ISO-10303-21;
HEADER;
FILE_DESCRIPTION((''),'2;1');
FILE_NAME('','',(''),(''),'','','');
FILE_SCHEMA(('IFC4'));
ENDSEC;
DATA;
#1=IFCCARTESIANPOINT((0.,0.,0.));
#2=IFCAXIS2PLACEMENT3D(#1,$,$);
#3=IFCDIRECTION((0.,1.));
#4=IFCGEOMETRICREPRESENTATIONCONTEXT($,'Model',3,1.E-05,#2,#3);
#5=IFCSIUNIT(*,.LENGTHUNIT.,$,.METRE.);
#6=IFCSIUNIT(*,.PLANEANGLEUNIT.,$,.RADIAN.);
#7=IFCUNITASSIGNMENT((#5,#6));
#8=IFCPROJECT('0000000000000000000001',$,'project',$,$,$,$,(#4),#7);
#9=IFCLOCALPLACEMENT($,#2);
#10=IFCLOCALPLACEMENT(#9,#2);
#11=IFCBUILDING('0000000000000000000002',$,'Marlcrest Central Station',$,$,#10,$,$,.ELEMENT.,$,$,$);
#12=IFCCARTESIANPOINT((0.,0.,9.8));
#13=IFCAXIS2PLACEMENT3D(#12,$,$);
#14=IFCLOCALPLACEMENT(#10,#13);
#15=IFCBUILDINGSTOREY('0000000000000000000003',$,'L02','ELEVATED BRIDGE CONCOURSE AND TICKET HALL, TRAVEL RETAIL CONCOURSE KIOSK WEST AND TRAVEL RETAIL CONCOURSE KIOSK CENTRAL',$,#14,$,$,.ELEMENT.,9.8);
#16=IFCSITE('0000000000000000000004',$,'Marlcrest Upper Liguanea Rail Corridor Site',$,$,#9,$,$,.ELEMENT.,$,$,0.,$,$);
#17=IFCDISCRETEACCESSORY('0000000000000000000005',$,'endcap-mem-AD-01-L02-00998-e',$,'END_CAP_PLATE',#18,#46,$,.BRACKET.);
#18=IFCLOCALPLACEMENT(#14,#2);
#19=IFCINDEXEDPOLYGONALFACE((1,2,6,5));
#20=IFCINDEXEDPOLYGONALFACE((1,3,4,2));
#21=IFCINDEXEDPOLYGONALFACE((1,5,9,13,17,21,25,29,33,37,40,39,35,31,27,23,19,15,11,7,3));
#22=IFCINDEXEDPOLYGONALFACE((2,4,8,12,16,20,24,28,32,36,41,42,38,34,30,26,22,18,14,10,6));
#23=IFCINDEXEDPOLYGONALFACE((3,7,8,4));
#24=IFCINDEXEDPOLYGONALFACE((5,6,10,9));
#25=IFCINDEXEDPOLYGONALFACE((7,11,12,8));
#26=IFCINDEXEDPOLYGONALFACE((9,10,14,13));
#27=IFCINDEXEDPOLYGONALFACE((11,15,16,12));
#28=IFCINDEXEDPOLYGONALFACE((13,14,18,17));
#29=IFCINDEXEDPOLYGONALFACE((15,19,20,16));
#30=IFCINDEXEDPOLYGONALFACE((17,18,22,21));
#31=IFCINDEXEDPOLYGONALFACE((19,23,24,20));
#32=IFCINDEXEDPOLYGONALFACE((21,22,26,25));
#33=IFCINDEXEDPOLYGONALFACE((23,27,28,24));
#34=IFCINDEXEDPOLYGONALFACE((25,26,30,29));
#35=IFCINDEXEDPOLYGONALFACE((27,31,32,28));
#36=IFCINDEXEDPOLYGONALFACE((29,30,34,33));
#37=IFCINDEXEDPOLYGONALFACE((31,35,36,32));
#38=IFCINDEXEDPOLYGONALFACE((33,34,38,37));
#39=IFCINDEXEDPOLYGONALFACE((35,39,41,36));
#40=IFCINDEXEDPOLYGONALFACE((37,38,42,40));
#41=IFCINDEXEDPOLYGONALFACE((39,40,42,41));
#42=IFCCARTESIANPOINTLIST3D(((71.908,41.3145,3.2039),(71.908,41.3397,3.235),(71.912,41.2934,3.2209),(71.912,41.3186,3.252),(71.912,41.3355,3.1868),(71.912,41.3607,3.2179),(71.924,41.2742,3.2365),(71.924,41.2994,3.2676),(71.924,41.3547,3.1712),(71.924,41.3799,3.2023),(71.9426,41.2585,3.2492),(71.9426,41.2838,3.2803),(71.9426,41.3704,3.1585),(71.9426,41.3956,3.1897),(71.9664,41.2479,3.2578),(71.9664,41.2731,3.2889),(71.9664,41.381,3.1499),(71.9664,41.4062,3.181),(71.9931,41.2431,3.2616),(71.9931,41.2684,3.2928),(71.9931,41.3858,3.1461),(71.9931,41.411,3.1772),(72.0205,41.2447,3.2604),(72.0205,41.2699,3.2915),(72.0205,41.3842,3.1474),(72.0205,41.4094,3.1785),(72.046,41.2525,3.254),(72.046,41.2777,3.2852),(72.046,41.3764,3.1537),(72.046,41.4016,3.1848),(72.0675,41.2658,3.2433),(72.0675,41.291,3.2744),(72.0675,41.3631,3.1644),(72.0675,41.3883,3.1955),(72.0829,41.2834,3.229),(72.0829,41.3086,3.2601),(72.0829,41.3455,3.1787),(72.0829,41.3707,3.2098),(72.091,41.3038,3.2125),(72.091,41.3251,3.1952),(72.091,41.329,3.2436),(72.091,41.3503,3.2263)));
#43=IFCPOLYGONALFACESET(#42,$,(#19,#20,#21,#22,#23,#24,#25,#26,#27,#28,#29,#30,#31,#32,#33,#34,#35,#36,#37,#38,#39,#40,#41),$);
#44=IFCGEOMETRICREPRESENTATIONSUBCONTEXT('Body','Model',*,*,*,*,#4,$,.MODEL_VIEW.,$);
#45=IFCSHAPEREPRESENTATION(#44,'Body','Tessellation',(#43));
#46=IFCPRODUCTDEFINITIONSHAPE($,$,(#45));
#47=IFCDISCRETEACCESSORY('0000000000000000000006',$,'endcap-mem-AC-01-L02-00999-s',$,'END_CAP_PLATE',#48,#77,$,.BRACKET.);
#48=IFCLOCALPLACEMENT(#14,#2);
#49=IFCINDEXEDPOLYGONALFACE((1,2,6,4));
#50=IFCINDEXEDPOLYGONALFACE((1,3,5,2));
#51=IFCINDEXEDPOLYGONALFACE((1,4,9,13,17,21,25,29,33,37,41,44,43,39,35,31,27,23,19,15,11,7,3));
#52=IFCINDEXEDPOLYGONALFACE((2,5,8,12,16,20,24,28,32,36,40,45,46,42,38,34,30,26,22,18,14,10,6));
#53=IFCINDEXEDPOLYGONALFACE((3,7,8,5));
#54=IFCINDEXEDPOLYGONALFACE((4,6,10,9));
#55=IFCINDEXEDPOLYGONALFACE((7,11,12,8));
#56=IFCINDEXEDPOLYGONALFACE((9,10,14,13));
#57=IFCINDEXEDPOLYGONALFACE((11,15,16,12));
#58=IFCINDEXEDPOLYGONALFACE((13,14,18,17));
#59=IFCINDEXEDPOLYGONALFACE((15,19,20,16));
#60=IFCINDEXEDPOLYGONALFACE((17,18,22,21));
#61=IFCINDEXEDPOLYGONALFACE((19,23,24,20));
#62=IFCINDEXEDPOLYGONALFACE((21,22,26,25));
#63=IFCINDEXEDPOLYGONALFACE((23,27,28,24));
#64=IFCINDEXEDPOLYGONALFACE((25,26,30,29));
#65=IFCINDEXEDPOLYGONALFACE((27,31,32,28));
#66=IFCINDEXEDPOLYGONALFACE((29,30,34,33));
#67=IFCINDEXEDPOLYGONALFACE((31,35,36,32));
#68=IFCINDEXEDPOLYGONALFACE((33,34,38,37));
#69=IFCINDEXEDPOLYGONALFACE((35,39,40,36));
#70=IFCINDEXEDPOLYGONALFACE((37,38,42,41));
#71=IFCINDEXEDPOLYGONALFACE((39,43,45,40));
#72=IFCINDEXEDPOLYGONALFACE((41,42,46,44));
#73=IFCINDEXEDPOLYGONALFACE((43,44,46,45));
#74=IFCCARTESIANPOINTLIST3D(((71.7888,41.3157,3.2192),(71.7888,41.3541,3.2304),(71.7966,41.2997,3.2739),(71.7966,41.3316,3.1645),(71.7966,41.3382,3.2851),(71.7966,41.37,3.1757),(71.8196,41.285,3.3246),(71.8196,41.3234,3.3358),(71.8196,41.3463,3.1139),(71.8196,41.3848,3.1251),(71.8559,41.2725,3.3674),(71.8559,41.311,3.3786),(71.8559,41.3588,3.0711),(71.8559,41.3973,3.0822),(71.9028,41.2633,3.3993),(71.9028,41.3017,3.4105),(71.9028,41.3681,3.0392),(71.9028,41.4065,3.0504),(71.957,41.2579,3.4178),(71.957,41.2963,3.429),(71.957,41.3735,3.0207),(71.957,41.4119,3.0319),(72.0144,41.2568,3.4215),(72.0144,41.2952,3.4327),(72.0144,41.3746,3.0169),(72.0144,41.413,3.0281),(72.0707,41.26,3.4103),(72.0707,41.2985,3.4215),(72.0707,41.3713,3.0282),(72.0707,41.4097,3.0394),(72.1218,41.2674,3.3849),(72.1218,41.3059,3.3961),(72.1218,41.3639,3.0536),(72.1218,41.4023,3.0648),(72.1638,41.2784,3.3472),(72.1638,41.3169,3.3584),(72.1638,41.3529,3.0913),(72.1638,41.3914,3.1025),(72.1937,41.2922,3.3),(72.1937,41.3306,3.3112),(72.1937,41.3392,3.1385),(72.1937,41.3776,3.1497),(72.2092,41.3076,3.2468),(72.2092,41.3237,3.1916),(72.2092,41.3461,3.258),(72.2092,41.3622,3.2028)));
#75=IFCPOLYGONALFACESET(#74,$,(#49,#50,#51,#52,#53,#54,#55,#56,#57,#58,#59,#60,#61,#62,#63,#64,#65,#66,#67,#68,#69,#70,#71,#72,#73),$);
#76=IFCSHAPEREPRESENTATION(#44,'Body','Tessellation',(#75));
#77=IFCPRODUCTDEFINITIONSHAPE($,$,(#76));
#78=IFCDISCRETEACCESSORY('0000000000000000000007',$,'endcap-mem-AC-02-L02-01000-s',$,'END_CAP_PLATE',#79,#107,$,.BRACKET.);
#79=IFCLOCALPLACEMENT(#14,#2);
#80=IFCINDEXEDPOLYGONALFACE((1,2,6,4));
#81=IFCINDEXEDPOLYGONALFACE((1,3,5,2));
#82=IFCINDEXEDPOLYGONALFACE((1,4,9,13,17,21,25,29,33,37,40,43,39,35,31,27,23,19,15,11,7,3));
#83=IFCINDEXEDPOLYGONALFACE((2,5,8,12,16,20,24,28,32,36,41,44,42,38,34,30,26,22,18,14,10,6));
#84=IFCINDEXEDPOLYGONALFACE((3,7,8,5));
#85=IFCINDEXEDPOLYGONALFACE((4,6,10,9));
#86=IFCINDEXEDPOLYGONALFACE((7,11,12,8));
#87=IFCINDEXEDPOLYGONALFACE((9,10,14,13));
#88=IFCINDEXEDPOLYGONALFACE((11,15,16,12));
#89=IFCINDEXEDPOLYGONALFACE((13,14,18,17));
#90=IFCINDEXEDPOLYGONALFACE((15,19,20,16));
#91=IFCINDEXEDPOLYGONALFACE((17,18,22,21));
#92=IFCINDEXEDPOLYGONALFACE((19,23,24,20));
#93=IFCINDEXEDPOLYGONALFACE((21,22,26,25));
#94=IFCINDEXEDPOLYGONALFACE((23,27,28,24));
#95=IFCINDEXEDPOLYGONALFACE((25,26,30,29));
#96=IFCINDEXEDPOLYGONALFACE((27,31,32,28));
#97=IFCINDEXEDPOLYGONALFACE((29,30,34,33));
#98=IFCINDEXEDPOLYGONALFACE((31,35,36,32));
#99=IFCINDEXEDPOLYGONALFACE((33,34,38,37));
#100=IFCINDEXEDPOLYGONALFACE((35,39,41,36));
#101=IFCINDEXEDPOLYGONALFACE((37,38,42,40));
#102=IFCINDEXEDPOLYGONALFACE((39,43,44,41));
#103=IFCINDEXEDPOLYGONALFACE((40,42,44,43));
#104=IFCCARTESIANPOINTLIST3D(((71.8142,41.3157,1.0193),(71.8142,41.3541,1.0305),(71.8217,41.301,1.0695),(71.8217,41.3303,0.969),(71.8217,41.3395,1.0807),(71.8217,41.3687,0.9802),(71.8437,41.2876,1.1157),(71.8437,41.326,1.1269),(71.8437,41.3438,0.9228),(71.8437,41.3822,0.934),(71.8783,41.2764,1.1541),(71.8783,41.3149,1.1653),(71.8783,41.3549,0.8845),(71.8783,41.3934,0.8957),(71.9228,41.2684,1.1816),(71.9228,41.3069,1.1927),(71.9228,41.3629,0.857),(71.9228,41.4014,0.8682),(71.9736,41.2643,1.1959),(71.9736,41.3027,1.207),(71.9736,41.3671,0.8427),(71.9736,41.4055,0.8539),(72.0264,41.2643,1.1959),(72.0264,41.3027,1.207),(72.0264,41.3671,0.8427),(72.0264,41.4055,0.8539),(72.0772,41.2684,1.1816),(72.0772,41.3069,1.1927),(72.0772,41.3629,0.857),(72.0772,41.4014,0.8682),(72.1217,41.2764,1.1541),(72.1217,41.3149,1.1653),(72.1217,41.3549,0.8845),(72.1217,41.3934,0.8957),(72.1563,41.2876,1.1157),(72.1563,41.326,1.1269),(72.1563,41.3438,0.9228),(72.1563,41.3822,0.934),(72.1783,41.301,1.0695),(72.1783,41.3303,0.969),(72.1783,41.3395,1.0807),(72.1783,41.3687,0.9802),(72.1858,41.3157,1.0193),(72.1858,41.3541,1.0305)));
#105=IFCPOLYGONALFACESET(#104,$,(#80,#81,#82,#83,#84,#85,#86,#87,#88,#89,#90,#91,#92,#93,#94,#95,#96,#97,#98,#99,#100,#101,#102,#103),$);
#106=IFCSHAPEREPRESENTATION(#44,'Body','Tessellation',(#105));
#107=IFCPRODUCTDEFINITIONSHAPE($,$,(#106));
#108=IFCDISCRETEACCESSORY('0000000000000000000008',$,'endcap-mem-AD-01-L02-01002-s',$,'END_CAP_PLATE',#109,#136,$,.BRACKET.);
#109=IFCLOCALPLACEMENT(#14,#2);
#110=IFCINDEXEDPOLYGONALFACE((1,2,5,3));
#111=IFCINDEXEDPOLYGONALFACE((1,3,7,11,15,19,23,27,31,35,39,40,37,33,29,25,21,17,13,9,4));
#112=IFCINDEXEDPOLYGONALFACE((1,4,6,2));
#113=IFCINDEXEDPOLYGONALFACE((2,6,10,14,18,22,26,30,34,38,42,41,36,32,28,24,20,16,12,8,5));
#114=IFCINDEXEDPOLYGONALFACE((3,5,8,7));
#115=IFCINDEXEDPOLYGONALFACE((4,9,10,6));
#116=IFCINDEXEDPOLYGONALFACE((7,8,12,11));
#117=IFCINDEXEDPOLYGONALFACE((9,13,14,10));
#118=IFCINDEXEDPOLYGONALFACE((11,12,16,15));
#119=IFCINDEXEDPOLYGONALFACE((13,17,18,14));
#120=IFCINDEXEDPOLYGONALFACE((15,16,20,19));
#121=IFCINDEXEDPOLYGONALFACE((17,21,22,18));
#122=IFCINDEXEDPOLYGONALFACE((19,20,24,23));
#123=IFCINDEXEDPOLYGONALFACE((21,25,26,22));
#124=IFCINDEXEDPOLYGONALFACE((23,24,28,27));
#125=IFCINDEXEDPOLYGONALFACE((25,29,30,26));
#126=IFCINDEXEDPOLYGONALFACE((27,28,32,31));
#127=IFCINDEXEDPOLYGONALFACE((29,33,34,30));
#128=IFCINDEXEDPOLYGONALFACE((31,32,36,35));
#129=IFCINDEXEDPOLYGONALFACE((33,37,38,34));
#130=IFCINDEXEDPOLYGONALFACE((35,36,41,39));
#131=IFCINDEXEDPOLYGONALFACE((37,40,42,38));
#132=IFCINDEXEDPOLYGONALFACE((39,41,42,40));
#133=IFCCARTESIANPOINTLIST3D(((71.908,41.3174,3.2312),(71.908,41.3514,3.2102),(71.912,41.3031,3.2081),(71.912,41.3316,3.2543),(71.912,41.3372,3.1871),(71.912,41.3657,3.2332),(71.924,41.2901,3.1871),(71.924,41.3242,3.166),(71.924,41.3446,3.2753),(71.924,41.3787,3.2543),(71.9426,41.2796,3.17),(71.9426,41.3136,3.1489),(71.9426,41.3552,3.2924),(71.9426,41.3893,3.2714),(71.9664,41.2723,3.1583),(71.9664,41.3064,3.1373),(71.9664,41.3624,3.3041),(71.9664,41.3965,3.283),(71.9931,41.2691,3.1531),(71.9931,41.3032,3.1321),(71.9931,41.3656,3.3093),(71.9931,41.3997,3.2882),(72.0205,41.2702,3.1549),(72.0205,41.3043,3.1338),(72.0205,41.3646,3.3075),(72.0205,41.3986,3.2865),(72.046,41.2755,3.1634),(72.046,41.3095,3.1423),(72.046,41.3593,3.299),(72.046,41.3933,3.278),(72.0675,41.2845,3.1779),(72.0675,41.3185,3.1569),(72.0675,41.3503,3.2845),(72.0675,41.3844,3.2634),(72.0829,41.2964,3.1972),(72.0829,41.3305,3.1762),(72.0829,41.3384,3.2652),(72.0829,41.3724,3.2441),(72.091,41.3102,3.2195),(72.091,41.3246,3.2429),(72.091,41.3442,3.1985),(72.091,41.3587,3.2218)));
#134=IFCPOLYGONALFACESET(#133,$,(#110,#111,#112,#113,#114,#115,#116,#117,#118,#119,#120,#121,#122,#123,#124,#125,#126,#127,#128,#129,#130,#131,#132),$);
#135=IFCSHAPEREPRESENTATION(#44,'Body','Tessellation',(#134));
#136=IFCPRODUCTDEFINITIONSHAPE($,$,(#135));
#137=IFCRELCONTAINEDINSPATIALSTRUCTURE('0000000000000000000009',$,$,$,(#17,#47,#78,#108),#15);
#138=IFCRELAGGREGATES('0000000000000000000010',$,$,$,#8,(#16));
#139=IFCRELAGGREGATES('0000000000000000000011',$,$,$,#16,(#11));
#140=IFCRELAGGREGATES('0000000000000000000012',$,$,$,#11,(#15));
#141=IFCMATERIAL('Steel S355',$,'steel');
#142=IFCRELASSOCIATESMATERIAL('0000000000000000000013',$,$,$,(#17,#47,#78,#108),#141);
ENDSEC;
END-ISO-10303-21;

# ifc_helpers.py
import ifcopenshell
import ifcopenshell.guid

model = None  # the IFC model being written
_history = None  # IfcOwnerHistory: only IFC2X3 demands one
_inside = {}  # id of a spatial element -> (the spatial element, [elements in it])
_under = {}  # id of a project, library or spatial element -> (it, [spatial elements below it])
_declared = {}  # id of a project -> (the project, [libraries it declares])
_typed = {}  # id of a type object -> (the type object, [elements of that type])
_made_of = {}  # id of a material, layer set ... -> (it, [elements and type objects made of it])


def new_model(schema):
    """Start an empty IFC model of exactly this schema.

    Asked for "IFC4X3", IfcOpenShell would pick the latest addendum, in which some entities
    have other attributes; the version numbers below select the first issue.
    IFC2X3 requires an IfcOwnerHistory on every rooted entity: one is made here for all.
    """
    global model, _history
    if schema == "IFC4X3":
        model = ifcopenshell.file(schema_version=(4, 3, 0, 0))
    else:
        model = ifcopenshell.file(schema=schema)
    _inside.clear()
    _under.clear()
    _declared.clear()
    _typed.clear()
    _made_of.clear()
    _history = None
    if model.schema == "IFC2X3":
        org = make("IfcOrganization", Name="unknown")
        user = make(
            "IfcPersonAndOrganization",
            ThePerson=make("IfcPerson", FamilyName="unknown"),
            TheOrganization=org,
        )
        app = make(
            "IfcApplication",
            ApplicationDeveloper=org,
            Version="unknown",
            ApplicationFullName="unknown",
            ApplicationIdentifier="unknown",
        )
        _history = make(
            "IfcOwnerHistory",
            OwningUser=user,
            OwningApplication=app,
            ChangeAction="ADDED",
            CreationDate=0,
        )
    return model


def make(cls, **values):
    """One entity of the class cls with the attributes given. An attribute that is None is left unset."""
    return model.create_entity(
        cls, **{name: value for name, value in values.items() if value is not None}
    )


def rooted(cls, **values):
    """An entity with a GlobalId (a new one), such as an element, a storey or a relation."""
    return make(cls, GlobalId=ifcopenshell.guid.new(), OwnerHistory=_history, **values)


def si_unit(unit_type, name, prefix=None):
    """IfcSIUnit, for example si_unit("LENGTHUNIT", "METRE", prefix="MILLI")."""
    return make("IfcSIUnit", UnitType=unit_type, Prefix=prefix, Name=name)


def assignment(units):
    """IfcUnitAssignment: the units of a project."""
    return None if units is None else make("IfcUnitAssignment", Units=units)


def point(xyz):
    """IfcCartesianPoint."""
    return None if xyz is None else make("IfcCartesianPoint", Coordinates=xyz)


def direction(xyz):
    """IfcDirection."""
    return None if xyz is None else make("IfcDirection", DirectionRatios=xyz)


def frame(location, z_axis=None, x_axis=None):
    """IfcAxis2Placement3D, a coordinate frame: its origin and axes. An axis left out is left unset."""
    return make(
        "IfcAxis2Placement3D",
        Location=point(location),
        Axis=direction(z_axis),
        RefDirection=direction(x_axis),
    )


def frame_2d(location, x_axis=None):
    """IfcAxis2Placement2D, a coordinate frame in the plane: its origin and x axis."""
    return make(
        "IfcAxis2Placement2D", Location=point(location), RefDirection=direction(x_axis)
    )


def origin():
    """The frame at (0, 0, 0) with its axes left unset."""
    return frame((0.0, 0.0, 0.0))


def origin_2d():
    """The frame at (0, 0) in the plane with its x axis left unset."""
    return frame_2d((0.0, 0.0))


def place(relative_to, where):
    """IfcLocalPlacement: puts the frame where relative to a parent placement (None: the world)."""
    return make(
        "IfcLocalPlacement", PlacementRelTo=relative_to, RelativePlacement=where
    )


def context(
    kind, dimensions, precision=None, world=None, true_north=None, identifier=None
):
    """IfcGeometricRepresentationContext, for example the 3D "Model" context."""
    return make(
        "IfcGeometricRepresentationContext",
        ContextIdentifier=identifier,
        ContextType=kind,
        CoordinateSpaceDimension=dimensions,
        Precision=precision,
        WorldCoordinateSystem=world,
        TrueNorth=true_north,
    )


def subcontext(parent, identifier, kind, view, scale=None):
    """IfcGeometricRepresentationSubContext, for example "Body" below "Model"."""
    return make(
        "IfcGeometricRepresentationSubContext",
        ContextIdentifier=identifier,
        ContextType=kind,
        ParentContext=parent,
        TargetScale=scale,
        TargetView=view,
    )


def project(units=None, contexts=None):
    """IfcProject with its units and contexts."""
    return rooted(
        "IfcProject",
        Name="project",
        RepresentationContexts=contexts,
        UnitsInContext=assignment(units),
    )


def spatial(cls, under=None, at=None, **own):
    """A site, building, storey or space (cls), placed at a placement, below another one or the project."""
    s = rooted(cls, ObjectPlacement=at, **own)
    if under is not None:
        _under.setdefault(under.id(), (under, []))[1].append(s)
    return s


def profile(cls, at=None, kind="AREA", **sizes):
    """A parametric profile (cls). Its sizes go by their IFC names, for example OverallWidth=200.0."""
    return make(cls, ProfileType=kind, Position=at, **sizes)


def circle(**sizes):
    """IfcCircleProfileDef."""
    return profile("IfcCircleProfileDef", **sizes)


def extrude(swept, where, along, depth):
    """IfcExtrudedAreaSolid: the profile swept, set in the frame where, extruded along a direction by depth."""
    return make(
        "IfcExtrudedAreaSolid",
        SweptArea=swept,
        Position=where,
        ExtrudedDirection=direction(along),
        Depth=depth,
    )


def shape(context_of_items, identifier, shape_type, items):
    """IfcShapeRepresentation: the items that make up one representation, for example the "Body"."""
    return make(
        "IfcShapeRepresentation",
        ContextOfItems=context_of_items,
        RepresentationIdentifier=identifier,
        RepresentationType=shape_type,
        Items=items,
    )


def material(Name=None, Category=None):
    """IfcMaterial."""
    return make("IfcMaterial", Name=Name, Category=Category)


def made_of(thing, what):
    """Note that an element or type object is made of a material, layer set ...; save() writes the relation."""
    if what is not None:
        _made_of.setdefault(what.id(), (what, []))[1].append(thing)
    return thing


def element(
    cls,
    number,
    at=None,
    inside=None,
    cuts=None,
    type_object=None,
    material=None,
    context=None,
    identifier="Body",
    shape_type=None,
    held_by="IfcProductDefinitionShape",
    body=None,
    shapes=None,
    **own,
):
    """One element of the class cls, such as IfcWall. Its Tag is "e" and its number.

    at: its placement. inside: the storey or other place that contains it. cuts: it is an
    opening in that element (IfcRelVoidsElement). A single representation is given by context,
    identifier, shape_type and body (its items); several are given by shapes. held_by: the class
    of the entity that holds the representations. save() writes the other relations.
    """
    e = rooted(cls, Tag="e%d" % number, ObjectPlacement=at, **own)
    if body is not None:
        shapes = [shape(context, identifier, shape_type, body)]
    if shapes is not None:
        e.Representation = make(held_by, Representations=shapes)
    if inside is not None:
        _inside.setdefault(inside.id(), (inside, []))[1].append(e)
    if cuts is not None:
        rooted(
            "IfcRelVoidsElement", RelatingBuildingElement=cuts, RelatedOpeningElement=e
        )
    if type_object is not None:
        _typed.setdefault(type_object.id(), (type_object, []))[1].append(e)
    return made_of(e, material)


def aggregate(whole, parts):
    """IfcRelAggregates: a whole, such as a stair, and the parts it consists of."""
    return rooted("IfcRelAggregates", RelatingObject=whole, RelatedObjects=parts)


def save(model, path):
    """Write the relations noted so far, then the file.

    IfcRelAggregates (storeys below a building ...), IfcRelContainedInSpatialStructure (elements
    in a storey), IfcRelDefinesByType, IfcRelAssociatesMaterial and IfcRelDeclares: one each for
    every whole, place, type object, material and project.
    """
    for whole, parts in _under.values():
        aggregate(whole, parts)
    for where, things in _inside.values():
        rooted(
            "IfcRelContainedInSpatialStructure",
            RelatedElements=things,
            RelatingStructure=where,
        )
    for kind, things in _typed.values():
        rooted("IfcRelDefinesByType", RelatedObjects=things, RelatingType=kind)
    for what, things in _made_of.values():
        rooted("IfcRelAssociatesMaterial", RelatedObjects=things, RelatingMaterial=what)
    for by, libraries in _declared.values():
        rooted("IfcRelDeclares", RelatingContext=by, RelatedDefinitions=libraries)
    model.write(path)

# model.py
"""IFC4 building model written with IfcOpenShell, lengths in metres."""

from ifc_helpers import new_model, si_unit, direction, frame, origin, origin_2d, place, context, subcontext, project, spatial, circle, extrude, material, element, save


model = new_model("IFC4")

# Units and contexts
model_context = context("Model", 3, precision=1e-05, world=origin(), true_north=direction((0.0, 1.0)))
body_context = subcontext(model_context, "Body", "Model", "MODEL_VIEW")
ifc_project = project(units=[si_unit("LENGTHUNIT", "METRE"), si_unit("PLANEANGLEUNIT", "RADIAN")], contexts=[model_context])

# Site, building, storey
site_placement = place(None, origin())
site = spatial("IfcSite", under=ifc_project, at=site_placement, Name="Marlcrest Upper Liguanea Rail Corridor Site", CompositionType="ELEMENT", RefElevation=0.0)
building_placement = place(site_placement, origin())
building = spatial("IfcBuilding", under=site, at=building_placement, Name="Marlcrest Central Station", CompositionType="ELEMENT")
storey_placement = place(building_placement, frame((0.0, 0.0, 9.8)))
storey = spatial("IfcBuildingStorey", under=building, at=storey_placement, Name="L02", Description="ELEVATED BRIDGE CONCOURSE AND TICKET HALL, TRAVEL RETAIL CONCOURSE KIOSK WEST AND TRAVEL RETAIL CONCOURSE KIOSK CENTRAL", CompositionType="ELEMENT", Elevation=9.8)

# Shared definitions
ifc_material_1 = material(Name="Steel S355", Category="steel")

# Discrete accessories
for number, where, z_axis, x_axis, name in (
    (1, (72.0, 41.3145, 3.2039), (0.0, 0.629629, 0.776896), (-1.0, 0.0, 0.0), "endcap-mem-AD-01-L02-00998-e"),
):
    element("IfcDiscreteAccessory", number, at=place(storey_placement, frame(where, z_axis=z_axis, x_axis=x_axis)), inside=storey, material=ifc_material_1, Name=name, ObjectType="END_CAP_PLATE", PredefinedType="BRACKET", context=body_context, shape_type="SweptSolid", body=[
        extrude(circle(Radius=0.092, at=origin_2d()), origin(), (0.0, 0.0, 1.0), 0.04),
    ])
discrete_accessory_1_placement = place(storey_placement, frame((72.0, 41.3157, 3.2192), z_axis=(0.0, 0.96013, 0.279554), x_axis=(-1.0, 0.0, 0.0)))
element("IfcDiscreteAccessory", 2, at=discrete_accessory_1_placement, inside=storey, material=ifc_material_1, Name="endcap-mem-AC-01-L02-00999-s", ObjectType="END_CAP_PLATE", PredefinedType="BRACKET", context=body_context, shape_type="SweptSolid", body=[
    extrude(circle(Radius=0.2112, at=origin_2d()), origin(), (0.0, 0.0, 1.0), 0.04),
])
discrete_accessory_2_placement = place(storey_placement, frame((72.0, 41.3157, 1.0193), z_axis=(0.0, 0.96013, 0.279554), x_axis=(-1.0, 0.0, 0.0)))
element("IfcDiscreteAccessory", 3, at=discrete_accessory_2_placement, inside=storey, material=ifc_material_1, Name="endcap-mem-AC-02-L02-01000-s", ObjectType="END_CAP_PLATE", PredefinedType="BRACKET", context=body_context, shape_type="SweptSolid", body=[
    extrude(circle(Radius=0.1858, at=origin_2d()), origin(), (0.0, 0.0, 1.0), 0.04),
])
discrete_accessory_3_placement = place(storey_placement, frame((72.0, 41.3174, 3.2312), z_axis=(0.0, 0.850687, -0.525672), x_axis=(-1.0, 0.0, 0.0)))
element("IfcDiscreteAccessory", 4, at=discrete_accessory_3_placement, inside=storey, material=ifc_material_1, Name="endcap-mem-AD-01-L02-01002-s", ObjectType="END_CAP_PLATE", PredefinedType="BRACKET", context=body_context, shape_type="SweptSolid", body=[
    extrude(circle(Radius=0.092, at=origin_2d()), origin(), (0.0, 0.0, 1.0), 0.04),
])

save(model, "model.ifc")
